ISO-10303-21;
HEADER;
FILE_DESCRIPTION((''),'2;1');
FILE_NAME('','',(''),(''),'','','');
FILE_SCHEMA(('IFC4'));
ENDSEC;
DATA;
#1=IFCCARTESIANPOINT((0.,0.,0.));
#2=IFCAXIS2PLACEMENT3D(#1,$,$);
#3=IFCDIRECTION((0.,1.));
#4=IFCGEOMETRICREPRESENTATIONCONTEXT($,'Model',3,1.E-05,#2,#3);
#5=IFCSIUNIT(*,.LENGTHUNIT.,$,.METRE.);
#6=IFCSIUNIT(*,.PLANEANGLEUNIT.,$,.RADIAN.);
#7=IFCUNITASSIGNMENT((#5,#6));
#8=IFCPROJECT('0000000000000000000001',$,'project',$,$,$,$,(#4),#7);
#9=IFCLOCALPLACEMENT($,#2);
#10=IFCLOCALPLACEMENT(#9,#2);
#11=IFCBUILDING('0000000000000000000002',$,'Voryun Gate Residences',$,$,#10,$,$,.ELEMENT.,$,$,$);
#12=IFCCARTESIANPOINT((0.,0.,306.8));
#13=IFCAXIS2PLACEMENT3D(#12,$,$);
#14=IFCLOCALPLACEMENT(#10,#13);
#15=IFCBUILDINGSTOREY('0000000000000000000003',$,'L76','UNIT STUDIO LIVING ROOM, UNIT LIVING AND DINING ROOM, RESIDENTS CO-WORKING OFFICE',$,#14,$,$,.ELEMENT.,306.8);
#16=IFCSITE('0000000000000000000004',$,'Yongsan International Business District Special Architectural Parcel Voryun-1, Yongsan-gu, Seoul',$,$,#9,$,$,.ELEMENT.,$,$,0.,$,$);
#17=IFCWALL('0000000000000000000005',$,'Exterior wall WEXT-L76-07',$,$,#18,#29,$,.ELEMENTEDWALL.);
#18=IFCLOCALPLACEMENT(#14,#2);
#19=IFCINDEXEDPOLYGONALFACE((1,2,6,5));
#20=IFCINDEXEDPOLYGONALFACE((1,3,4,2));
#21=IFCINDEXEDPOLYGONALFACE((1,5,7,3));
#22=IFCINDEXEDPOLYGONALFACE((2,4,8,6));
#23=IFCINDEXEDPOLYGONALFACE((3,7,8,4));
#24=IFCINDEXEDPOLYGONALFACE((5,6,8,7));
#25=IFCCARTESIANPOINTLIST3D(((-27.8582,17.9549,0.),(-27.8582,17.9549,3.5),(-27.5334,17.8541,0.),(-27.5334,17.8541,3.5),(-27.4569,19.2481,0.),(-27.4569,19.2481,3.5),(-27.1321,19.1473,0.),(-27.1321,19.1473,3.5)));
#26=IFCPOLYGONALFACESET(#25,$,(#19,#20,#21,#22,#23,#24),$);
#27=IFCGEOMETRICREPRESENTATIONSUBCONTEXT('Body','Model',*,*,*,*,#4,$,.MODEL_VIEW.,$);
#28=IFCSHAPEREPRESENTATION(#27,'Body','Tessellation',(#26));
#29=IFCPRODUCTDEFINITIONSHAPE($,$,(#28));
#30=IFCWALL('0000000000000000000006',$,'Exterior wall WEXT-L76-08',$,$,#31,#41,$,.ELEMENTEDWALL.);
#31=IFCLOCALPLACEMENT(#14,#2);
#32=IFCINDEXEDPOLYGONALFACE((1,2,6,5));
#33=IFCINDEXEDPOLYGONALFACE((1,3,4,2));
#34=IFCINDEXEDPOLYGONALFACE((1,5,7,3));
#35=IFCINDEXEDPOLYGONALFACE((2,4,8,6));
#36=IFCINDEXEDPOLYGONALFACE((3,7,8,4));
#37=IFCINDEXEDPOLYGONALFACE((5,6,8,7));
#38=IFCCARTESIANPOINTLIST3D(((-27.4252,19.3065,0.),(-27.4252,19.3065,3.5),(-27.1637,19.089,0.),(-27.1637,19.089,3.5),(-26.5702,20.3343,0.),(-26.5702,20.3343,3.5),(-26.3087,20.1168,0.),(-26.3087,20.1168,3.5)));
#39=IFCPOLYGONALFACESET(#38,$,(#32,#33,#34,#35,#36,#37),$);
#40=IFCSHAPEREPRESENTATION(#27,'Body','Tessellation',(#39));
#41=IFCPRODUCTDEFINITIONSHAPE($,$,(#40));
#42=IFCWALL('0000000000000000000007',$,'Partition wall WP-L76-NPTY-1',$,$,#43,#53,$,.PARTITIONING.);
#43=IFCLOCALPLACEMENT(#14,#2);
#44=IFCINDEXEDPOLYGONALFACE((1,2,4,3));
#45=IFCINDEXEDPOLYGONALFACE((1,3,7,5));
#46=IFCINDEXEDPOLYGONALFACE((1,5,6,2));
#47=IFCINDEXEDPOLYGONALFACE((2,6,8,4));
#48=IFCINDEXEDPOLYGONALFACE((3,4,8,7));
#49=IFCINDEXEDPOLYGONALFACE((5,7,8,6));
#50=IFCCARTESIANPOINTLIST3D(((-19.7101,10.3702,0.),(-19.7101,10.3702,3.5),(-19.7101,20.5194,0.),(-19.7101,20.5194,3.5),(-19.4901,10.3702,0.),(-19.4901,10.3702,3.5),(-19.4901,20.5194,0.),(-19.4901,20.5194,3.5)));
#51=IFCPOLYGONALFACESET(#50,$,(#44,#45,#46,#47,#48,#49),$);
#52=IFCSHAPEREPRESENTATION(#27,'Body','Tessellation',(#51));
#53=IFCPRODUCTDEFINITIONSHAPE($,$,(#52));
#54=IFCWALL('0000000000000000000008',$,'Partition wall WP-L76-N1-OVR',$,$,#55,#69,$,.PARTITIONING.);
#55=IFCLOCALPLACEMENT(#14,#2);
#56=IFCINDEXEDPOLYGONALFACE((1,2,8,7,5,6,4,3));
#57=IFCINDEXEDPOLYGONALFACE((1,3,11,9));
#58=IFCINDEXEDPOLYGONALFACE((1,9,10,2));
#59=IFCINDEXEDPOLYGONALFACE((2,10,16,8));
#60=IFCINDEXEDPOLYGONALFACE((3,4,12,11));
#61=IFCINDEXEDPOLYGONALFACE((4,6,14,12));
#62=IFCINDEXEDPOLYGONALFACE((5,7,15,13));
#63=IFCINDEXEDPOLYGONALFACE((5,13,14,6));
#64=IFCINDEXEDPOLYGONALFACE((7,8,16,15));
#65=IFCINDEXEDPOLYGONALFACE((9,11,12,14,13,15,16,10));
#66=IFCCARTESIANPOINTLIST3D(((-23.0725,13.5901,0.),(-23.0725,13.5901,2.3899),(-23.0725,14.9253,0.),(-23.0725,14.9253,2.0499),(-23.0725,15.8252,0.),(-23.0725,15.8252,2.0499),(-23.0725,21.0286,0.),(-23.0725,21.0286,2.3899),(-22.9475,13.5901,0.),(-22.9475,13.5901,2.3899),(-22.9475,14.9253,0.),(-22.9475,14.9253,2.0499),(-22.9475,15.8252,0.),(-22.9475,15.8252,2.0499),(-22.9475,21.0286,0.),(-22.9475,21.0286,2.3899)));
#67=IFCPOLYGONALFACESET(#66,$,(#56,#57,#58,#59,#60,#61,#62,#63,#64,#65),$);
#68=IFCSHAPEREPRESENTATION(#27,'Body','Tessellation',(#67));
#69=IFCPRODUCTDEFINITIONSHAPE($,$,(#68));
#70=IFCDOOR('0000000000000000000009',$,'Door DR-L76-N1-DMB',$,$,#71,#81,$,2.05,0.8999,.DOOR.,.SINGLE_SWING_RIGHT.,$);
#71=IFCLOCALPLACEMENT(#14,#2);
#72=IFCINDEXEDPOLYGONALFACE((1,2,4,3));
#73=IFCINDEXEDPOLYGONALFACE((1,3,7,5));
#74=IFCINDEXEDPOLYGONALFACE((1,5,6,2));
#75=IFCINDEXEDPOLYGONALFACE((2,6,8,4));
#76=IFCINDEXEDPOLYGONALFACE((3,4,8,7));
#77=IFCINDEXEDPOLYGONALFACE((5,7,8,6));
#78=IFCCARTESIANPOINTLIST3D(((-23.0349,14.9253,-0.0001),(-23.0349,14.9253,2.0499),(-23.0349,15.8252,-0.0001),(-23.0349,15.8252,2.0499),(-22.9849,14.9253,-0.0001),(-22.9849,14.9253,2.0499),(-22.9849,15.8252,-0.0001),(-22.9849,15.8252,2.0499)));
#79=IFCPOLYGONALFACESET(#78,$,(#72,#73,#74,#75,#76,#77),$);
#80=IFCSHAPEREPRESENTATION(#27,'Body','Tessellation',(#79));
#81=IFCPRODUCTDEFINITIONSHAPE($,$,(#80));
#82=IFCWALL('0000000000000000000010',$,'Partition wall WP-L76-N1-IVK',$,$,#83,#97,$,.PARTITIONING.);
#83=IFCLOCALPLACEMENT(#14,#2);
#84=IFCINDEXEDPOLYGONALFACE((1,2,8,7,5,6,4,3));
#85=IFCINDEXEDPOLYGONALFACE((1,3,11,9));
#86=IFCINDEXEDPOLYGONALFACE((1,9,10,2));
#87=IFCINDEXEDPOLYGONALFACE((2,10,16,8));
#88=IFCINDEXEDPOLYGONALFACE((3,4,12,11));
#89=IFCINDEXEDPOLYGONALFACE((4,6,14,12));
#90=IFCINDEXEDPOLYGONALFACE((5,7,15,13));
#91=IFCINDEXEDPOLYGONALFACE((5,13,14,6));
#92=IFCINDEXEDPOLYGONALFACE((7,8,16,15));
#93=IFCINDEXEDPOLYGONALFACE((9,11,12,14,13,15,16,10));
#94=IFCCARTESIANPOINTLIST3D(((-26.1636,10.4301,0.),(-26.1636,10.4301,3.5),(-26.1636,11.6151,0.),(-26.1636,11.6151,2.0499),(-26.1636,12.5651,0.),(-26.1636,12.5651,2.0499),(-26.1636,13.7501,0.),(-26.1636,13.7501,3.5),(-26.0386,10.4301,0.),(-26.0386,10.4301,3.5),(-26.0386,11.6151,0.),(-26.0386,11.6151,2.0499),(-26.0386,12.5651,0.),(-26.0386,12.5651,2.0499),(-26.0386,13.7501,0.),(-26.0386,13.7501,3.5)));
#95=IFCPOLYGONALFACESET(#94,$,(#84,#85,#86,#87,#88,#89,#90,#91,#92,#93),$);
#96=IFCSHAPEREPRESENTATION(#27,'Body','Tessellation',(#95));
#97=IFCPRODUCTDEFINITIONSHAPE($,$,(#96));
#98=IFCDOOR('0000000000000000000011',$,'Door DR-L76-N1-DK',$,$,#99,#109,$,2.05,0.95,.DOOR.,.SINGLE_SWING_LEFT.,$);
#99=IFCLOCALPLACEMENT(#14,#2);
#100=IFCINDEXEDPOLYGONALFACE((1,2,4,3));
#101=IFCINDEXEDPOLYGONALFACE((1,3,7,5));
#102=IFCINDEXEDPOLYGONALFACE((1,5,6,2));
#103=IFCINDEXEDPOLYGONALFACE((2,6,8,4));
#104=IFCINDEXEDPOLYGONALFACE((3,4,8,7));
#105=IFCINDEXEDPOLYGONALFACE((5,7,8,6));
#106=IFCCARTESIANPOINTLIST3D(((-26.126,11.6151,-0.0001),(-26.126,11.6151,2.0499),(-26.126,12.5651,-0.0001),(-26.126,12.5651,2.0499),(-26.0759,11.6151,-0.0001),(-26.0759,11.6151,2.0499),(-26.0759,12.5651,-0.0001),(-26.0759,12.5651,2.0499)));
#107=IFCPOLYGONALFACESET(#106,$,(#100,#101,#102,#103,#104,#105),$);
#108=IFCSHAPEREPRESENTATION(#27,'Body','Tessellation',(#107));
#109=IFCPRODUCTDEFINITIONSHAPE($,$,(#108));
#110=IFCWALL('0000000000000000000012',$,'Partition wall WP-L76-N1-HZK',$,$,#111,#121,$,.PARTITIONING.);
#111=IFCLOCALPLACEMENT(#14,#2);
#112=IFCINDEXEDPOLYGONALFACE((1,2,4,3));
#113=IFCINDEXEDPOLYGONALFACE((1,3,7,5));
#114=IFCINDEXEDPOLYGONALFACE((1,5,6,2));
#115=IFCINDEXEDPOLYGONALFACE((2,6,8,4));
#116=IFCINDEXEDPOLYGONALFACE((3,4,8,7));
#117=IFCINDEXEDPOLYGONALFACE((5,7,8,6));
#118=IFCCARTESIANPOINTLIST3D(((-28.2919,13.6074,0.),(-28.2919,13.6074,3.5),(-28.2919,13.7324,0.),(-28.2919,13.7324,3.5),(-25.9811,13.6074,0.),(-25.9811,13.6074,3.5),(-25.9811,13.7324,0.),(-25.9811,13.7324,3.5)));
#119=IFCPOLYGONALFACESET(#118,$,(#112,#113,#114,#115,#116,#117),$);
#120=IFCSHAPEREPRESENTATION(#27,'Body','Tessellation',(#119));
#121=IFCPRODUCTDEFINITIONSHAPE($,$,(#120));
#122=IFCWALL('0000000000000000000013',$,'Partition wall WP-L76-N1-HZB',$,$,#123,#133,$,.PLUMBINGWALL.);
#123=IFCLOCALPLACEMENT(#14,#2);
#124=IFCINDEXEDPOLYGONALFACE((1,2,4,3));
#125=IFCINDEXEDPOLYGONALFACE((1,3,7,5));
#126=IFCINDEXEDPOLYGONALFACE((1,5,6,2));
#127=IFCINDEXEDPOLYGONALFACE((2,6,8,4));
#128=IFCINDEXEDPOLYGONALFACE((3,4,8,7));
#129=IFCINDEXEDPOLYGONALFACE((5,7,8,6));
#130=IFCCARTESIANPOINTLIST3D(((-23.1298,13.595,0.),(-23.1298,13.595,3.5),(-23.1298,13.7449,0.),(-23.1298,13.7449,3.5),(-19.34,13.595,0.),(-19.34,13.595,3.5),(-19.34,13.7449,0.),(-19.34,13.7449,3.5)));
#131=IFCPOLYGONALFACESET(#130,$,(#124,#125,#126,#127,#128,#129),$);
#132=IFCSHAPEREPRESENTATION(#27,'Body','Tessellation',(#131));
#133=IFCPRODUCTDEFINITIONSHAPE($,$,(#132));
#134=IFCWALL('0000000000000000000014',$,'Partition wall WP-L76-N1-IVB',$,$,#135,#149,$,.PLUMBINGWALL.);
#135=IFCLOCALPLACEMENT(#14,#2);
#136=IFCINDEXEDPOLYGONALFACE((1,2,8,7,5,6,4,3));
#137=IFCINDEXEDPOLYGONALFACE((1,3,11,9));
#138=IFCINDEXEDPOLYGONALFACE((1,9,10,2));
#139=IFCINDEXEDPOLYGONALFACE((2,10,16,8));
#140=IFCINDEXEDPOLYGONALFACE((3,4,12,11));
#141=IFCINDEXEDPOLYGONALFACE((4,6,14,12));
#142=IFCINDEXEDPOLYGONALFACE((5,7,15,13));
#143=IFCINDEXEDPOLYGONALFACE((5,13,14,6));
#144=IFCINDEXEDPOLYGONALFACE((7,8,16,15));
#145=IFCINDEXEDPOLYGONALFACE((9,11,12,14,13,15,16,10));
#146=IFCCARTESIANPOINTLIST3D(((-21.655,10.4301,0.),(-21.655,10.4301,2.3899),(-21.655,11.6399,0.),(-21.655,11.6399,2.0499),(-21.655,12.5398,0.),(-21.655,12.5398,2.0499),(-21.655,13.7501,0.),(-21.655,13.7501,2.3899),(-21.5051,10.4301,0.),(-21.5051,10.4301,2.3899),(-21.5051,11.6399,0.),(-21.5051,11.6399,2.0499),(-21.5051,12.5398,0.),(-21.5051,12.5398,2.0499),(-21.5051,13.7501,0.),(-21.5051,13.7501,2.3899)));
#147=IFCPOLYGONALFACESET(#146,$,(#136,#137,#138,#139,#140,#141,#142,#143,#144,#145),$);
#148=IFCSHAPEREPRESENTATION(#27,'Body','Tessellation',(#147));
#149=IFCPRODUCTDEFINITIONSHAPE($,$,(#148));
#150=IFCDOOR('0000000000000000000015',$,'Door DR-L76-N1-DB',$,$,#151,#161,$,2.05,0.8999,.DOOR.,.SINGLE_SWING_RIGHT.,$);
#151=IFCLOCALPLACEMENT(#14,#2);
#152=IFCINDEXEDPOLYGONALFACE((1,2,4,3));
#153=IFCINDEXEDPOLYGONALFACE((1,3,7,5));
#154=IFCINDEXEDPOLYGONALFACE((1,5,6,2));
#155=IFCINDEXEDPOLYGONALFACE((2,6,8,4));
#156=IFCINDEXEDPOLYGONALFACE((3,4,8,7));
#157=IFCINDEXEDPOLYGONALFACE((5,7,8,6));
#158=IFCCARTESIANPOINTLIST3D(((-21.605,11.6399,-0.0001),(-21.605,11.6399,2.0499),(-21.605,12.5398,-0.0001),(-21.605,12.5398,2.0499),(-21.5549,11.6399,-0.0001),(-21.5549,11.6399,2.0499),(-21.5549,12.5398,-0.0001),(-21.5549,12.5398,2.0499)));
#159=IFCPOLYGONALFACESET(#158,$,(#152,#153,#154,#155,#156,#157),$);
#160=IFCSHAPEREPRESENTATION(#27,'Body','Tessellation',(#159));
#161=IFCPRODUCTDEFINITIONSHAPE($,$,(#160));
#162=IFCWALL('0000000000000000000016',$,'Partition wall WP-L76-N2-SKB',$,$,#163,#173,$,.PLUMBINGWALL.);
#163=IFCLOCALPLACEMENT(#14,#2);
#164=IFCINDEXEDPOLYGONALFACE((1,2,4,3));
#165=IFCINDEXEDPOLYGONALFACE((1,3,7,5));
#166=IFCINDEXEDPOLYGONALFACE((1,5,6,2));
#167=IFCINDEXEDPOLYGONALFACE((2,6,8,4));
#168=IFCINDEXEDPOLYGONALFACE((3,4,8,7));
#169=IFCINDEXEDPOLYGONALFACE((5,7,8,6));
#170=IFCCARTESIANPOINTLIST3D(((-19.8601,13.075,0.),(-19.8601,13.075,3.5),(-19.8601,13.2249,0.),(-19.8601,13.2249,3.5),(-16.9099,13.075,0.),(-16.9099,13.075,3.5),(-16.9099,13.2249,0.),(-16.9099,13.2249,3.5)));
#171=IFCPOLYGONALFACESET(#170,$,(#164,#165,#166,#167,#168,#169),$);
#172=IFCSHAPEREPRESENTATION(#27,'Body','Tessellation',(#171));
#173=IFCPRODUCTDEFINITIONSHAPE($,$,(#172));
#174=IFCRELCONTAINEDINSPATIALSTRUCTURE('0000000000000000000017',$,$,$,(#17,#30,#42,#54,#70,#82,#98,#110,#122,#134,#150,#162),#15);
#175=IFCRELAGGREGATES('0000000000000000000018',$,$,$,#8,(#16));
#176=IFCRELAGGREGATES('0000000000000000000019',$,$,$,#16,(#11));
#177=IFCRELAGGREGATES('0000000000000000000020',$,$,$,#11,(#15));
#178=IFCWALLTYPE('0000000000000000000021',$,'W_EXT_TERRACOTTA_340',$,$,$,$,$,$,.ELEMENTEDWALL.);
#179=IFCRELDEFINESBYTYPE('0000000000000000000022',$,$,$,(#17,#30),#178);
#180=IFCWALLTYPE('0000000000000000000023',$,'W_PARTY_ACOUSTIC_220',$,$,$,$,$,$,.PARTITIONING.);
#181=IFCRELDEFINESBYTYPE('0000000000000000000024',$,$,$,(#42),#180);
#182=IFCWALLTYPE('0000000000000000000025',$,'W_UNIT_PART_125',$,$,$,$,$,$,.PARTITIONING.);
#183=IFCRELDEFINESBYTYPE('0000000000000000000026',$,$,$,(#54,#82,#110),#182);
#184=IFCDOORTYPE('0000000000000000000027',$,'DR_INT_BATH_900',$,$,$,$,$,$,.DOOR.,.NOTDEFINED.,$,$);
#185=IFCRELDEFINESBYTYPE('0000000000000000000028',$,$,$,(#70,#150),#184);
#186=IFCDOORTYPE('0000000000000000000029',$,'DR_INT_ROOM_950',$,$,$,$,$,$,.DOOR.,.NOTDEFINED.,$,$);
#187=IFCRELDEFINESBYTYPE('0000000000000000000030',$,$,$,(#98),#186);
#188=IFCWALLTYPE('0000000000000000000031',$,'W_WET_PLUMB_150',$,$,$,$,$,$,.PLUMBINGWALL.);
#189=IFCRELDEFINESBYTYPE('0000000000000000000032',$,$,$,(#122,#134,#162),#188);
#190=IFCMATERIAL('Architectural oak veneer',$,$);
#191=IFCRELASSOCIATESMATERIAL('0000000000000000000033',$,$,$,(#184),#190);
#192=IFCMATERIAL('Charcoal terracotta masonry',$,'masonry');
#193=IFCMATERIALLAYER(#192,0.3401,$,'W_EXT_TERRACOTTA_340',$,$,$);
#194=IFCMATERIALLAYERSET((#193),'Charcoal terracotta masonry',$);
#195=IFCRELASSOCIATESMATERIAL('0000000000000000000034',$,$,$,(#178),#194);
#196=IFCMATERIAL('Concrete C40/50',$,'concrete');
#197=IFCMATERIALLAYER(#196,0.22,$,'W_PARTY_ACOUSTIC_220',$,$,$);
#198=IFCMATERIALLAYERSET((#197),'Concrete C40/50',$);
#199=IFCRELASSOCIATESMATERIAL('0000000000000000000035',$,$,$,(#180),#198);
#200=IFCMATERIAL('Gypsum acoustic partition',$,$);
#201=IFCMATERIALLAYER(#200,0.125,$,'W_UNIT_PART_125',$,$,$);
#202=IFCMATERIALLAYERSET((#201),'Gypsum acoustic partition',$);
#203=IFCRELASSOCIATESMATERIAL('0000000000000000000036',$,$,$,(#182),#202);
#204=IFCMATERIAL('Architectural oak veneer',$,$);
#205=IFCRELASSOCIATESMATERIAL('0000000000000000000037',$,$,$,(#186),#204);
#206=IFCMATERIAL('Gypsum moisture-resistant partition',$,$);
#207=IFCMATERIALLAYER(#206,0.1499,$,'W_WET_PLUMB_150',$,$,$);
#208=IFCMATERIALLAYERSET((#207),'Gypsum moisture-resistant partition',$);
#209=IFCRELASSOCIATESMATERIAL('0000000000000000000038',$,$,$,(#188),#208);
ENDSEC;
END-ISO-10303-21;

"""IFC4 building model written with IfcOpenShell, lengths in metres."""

from ifc_helpers import new_model, si_unit, direction, frame, frame_2d, origin, place, context, subcontext, project, spatial, rectangle, extrude, material, layer, layer_set, type_object, element, fill, save


model = new_model("IFC4")

# Units and contexts
model_context = context("Model", 3, precision=1e-05, world=origin(), true_north=direction((0.0, 1.0)))
body_context = subcontext(model_context, "Body", "Model", "MODEL_VIEW")
ifc_project = project(units=[si_unit("LENGTHUNIT", "METRE"), si_unit("PLANEANGLEUNIT", "RADIAN")], contexts=[model_context])

# Site, building, storey
site_placement = place(None, origin())
site = spatial("IfcSite", under=ifc_project, at=site_placement, Name="Yongsan International Business District Special Architectural Parcel Voryun-1, Yongsan-gu, Seoul", CompositionType="ELEMENT", RefElevation=0.0)
building_placement = place(site_placement, origin())
building = spatial("IfcBuilding", under=site, at=building_placement, Name="Voryun Gate Residences", CompositionType="ELEMENT")
storey_placement = place(building_placement, frame((0.0, 0.0, 306.8)))
storey = spatial("IfcBuildingStorey", under=building, at=storey_placement, Name="L76", Description="UNIT STUDIO LIVING ROOM, UNIT LIVING AND DINING ROOM, RESIDENTS CO-WORKING OFFICE", CompositionType="ELEMENT", Elevation=306.8)

# Shared definitions
ifc_material_1 = material(Name="Architectural oak veneer")
door_type_1 = type_object("IfcDoorType", Name="DR_INT_BATH_900", OperationType="NOTDEFINED", PredefinedType="DOOR", material=ifc_material_1)

# Walls
ifc_material_2 = material(Name="Charcoal terracotta masonry", Category="masonry")
ifc_layer_1 = layer(ifc_material_2, 0.3401, Name="W_EXT_TERRACOTTA_340")
ifc_layer_set_1 = layer_set([ifc_layer_1], Name="Charcoal terracotta masonry")
wall_type_1 = type_object("IfcWallType", Name="W_EXT_TERRACOTTA_340", PredefinedType="ELEMENTEDWALL", material=ifc_layer_set_1)
wall_1_placement = place(storey_placement, frame((-27.6958, 17.9045, 0.0), z_axis=(0.0, 0.0, 1.0), x_axis=(0.296416, 0.955059, 0.0)))
element("IfcWall", 1, at=wall_1_placement, inside=storey, type_object=wall_type_1, Name="Exterior wall WEXT-L76-07", PredefinedType="ELEMENTEDWALL", context=body_context, shape_type="SweptSolid", body=[
    extrude(rectangle(XDim=1.354, YDim=0.3401, at=frame_2d((0.677, 0.0))), origin(), (0.0, 0.0, 1.0), 3.5),
])
wall_2_placement = place(storey_placement, frame((-27.2944, 19.1978, 0.0), z_axis=(0.0, 0.0, 1.0), x_axis=(0.639502, 0.76879, 0.0)))
element("IfcWall", 2, at=wall_2_placement, inside=storey, type_object=wall_type_1, Name="Exterior wall WEXT-L76-08", PredefinedType="ELEMENTEDWALL", context=body_context, shape_type="SweptSolid", body=[
    extrude(rectangle(XDim=1.3369, YDim=0.3401, at=frame_2d((0.6685, 0.0))), origin(), (0.0, 0.0, 1.0), 3.5),
])
ifc_material_3 = material(Name="Concrete C40/50", Category="concrete")
ifc_layer_2 = layer(ifc_material_3, 0.22, Name="W_PARTY_ACOUSTIC_220")
ifc_layer_set_2 = layer_set([ifc_layer_2], Name="Concrete C40/50")
wall_type_2 = type_object("IfcWallType", Name="W_PARTY_ACOUSTIC_220", PredefinedType="PARTITIONING", material=ifc_layer_set_2)
wall_3_placement = place(storey_placement, frame((-19.6001, 10.3701, 0.0), z_axis=(0.0, 0.0, 1.0), x_axis=(0.0, 1.0, 0.0)))
element("IfcWall", 3, at=wall_3_placement, inside=storey, type_object=wall_type_2, Name="Partition wall WP-L76-NPTY-1", PredefinedType="PARTITIONING", context=body_context, shape_type="SweptSolid", body=[
    extrude(rectangle(XDim=10.1492, YDim=0.22, at=frame_2d((5.0747, 0.0))), origin(), (0.0, 0.0, 1.0), 3.5),
])

# Walls, openings, doors
ifc_material_4 = material(Name="Gypsum acoustic partition")
ifc_layer_3 = layer(ifc_material_4, 0.125, Name="W_UNIT_PART_125")
ifc_layer_set_3 = layer_set([ifc_layer_3], Name="Gypsum acoustic partition")
wall_type_3 = type_object("IfcWallType", Name="W_UNIT_PART_125", PredefinedType="PARTITIONING", material=ifc_layer_set_3)
wall_4_placement = place(storey_placement, frame((-23.01, 13.5901, 0.0), z_axis=(0.0, 0.0, 1.0), x_axis=(0.0, 1.0, 0.0)))
wall_4 = element("IfcWall", 4, at=wall_4_placement, inside=storey, type_object=wall_type_3, Name="Partition wall WP-L76-N1-OVR", PredefinedType="PARTITIONING", context=body_context, shape_type="SweptSolid", body=[
    extrude(rectangle(XDim=7.4385, YDim=0.125, at=frame_2d((3.7192, 0.0))), origin(), (0.0, 0.0, 1.0), 2.3899),
])
opening_1_placement = place(wall_4_placement, frame((1.3352, 0.0, 0.0)))
opening_1 = element("IfcOpeningElement", 5, at=opening_1_placement, cuts=wall_4, PredefinedType="OPENING", context=body_context, shape_type="SweptSolid", body=[
    extrude(rectangle(XDim=0.8999, YDim=2.05, at=frame_2d((0.45, 1.0249))), frame((0.0, 0.0725, 0.0), z_axis=(0.0, -1.0, 0.0), x_axis=(1.0, 0.0, 0.0)), (0.0, 0.0, 1.0), 0.145),
])
door_1_placement = place(opening_1_placement, origin())
door_1 = element("IfcDoor", 6, at=door_1_placement, inside=storey, type_object=door_type_1, Name="Door DR-L76-N1-DMB", OperationType="SINGLE_SWING_RIGHT", OverallHeight=2.05, OverallWidth=0.8999, PredefinedType="DOOR", context=body_context, shape_type="SweptSolid", body=[
    extrude(rectangle(XDim=0.8999, YDim=2.05, at=frame_2d((0.45, 1.0249))), frame((0.0, 0.0249, 0.0), z_axis=(0.0, -1.0, 0.0), x_axis=(1.0, 0.0, 0.0)), (0.0, 0.0, 1.0), 0.05),
])
fill(opening_1, door_1)
wall_5_placement = place(storey_placement, frame((-26.1011, 10.4299, 0.0), z_axis=(0.0, 0.0, 1.0), x_axis=(0.0, 1.0, 0.0)))
wall_5 = element("IfcWall", 7, at=wall_5_placement, inside=storey, type_object=wall_type_3, Name="Partition wall WP-L76-N1-IVK", PredefinedType="PARTITIONING", context=body_context, shape_type="SweptSolid", body=[
    extrude(rectangle(XDim=3.3201, YDim=0.125, at=frame_2d((1.6602, 0.0))), origin(), (0.0, 0.0, 1.0), 3.5),
])
opening_2_placement = place(wall_5_placement, frame((1.1851, 0.0, 0.0)))
opening_2 = element("IfcOpeningElement", 8, at=opening_2_placement, cuts=wall_5, PredefinedType="OPENING", context=body_context, shape_type="SweptSolid", body=[
    extrude(rectangle(XDim=0.95, YDim=2.05, at=frame_2d((0.4751, 1.0249))), frame((0.0, 0.0725, 0.0), z_axis=(0.0, -1.0, 0.0), x_axis=(1.0, 0.0, 0.0)), (0.0, 0.0, 1.0), 0.145),
])
ifc_material_5 = material(Name="Architectural oak veneer")
door_type_2 = type_object("IfcDoorType", Name="DR_INT_ROOM_950", OperationType="NOTDEFINED", PredefinedType="DOOR", material=ifc_material_5)
door_2_placement = place(opening_2_placement, origin())
door_2 = element("IfcDoor", 9, at=door_2_placement, inside=storey, type_object=door_type_2, Name="Door DR-L76-N1-DK", OperationType="SINGLE_SWING_LEFT", OverallHeight=2.05, OverallWidth=0.95, PredefinedType="DOOR", context=body_context, shape_type="SweptSolid", body=[
    extrude(rectangle(XDim=0.95, YDim=2.05, at=frame_2d((0.4751, 1.0249))), frame((0.0, 0.0249, 0.0), z_axis=(0.0, -1.0, 0.0), x_axis=(1.0, 0.0, 0.0)), (0.0, 0.0, 1.0), 0.05),
])
fill(opening_2, door_2)

# Walls
wall_6_placement = place(storey_placement, frame((-28.2917, 13.6699, 0.0), z_axis=(0.0, 0.0, 1.0), x_axis=(1.0, 0.0, 0.0)))
element("IfcWall", 10, at=wall_6_placement, inside=storey, type_object=wall_type_3, Name="Partition wall WP-L76-N1-HZK", PredefinedType="PARTITIONING", context=body_context, shape_type="SweptSolid", body=[
    extrude(rectangle(XDim=2.3108, YDim=0.125, at=frame_2d((1.1553, 0.0))), origin(), (0.0, 0.0, 1.0), 3.5),
])
ifc_material_6 = material(Name="Gypsum moisture-resistant partition")
ifc_layer_4 = layer(ifc_material_6, 0.1499, Name="W_WET_PLUMB_150")
ifc_layer_set_4 = layer_set([ifc_layer_4], Name="Gypsum moisture-resistant partition")
wall_type_4 = type_object("IfcWallType", Name="W_WET_PLUMB_150", PredefinedType="PLUMBINGWALL", material=ifc_layer_set_4)
wall_7_placement = place(storey_placement, frame((-23.1299, 13.6699, 0.0), z_axis=(0.0, 0.0, 1.0), x_axis=(1.0, 0.0, 0.0)))
element("IfcWall", 11, at=wall_7_placement, inside=storey, type_object=wall_type_4, Name="Partition wall WP-L76-N1-HZB", PredefinedType="PLUMBINGWALL", context=body_context, shape_type="SweptSolid", body=[
    extrude(rectangle(XDim=3.7898, YDim=0.1499, at=frame_2d((1.895, 0.0))), origin(), (0.0, 0.0, 1.0), 3.5),
])

# Wall, opening, door
wall_8_placement = place(storey_placement, frame((-21.5801, 10.4299, 0.0), z_axis=(0.0, 0.0, 1.0), x_axis=(0.0, 1.0, 0.0)))
wall_8 = element("IfcWall", 12, at=wall_8_placement, inside=storey, type_object=wall_type_4, Name="Partition wall WP-L76-N1-IVB", PredefinedType="PLUMBINGWALL", context=body_context, shape_type="SweptSolid", body=[
    extrude(rectangle(XDim=3.3201, YDim=0.1499, at=frame_2d((1.6602, 0.0))), origin(), (0.0, 0.0, 1.0), 2.3899),
])
opening_3_placement = place(wall_8_placement, frame((1.21, 0.0, 0.0)))
opening_3 = element("IfcOpeningElement", 13, at=opening_3_placement, cuts=wall_8, PredefinedType="OPENING", context=body_context, shape_type="SweptSolid", body=[
    extrude(rectangle(XDim=0.8999, YDim=2.05, at=frame_2d((0.45, 1.0249))), frame((0.0, 0.085, 0.0), z_axis=(0.0, -1.0, 0.0), x_axis=(1.0, 0.0, 0.0)), (0.0, 0.0, 1.0), 0.1699),
])
door_3_placement = place(opening_3_placement, origin())
door_3 = element("IfcDoor", 14, at=door_3_placement, inside=storey, type_object=door_type_1, Name="Door DR-L76-N1-DB", OperationType="SINGLE_SWING_RIGHT", OverallHeight=2.05, OverallWidth=0.8999, PredefinedType="DOOR", context=body_context, shape_type="SweptSolid", body=[
    extrude(rectangle(XDim=0.8999, YDim=2.05, at=frame_2d((0.45, 1.0249))), frame((0.0, 0.0249, 0.0), z_axis=(0.0, -1.0, 0.0), x_axis=(1.0, 0.0, 0.0)), (0.0, 0.0, 1.0), 0.05),
])
fill(opening_3, door_3)

# Wall
wall_9_placement = place(storey_placement, frame((-19.8601, 13.1499, 0.0), z_axis=(0.0, 0.0, 1.0), x_axis=(1.0, 0.0, 0.0)))
element("IfcWall", 15, at=wall_9_placement, inside=storey, type_object=wall_type_4, Name="Partition wall WP-L76-N2-SKB", PredefinedType="PLUMBINGWALL", context=body_context, shape_type="SweptSolid", body=[
    extrude(rectangle(XDim=2.9502, YDim=0.1499, at=frame_2d((1.4751, 0.0))), origin(), (0.0, 0.0, 1.0), 3.5),
])

save(model, "model.ifc")
